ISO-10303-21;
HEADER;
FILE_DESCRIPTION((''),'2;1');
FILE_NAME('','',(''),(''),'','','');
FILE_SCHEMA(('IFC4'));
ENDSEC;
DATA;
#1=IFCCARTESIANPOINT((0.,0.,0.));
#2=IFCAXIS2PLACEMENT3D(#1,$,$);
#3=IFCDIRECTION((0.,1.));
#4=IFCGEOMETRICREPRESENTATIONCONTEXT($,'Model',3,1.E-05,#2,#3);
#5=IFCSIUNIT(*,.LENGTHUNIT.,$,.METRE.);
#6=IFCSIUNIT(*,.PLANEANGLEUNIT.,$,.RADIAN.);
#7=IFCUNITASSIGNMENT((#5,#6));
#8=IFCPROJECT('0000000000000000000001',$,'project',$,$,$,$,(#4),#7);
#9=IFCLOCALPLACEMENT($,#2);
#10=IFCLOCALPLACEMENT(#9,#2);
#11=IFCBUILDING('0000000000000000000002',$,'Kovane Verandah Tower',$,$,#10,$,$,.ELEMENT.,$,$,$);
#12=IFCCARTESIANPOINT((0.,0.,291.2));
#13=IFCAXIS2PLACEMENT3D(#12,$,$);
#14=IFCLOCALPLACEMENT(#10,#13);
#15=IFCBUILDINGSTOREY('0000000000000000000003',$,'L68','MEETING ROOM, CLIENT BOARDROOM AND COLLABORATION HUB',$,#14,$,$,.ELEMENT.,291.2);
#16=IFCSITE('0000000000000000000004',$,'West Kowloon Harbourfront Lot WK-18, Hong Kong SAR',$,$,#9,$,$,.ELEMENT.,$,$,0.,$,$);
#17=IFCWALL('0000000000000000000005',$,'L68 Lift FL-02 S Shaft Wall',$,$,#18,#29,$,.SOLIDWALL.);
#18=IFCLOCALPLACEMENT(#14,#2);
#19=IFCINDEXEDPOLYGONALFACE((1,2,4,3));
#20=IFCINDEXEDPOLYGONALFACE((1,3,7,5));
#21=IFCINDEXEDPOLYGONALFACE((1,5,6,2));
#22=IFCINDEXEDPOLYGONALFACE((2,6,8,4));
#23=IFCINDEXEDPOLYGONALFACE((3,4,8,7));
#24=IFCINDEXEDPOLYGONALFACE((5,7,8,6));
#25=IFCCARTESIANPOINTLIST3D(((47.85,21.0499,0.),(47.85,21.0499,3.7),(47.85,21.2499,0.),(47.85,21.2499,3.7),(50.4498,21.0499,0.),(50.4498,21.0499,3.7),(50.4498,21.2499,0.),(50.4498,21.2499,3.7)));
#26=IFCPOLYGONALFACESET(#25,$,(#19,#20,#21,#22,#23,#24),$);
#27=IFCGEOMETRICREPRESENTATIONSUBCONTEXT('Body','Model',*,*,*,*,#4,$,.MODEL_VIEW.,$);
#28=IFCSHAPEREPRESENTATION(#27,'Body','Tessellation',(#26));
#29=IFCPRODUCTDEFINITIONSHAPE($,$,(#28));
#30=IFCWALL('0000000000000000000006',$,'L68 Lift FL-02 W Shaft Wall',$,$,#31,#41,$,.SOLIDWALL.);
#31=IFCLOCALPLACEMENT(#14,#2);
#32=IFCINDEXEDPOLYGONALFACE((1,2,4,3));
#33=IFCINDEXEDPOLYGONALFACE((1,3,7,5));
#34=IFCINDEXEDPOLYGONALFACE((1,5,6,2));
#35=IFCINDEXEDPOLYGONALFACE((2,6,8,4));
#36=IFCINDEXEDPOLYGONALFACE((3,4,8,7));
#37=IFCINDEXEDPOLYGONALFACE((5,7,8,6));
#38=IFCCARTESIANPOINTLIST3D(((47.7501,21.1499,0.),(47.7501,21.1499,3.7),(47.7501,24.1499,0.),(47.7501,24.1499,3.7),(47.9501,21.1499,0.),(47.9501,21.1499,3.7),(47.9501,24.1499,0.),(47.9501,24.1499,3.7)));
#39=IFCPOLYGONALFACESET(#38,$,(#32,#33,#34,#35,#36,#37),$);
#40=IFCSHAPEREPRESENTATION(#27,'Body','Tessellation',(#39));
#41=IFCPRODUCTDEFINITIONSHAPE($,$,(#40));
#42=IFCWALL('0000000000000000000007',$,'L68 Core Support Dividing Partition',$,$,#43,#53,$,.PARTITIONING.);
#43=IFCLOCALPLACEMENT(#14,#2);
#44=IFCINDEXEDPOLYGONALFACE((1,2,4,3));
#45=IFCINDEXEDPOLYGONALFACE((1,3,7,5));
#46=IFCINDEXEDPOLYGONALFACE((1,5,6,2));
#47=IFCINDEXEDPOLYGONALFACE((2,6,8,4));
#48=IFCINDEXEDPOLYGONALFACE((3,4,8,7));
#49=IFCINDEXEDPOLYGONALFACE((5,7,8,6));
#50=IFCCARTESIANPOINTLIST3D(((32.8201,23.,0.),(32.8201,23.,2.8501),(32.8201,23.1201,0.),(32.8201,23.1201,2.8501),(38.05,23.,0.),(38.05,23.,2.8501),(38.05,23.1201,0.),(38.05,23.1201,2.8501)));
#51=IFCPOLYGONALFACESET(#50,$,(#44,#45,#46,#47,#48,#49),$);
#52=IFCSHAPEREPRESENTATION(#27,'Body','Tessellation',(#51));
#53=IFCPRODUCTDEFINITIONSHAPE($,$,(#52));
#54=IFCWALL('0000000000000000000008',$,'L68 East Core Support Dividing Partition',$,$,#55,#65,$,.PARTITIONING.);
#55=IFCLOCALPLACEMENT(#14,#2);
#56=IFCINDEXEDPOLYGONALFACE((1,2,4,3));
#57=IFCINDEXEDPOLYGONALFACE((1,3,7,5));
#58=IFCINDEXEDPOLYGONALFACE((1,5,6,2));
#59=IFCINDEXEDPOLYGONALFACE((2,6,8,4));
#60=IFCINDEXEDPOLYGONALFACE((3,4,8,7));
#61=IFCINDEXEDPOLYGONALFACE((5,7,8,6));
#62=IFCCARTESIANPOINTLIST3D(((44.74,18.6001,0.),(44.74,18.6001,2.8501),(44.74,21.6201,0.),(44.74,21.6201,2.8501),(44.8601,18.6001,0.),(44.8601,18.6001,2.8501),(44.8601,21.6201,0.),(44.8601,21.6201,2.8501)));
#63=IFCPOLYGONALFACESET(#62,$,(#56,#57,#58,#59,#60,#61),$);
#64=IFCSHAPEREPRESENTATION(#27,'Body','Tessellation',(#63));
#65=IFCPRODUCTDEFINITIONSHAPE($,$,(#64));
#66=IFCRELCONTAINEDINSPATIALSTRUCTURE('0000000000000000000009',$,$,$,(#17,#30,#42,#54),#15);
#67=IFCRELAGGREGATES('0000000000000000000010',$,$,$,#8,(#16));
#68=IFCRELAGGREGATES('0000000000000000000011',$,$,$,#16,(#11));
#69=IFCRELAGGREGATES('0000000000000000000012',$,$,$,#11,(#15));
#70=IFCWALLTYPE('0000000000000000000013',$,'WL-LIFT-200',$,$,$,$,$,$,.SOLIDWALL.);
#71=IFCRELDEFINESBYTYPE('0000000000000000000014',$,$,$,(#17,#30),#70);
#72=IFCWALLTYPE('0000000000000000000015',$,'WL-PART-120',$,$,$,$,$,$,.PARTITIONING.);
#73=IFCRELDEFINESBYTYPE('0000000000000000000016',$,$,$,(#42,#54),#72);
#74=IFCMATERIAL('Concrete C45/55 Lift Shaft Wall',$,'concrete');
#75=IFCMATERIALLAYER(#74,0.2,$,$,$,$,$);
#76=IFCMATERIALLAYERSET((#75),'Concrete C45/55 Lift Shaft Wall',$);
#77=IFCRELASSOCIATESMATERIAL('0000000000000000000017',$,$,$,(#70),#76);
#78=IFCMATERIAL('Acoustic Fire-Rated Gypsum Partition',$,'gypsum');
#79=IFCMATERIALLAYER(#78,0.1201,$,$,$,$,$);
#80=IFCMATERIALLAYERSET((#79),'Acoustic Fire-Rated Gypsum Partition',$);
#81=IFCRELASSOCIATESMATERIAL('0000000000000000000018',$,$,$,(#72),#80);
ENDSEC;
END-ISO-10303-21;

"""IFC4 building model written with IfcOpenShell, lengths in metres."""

from ifc_helpers import new_model, si_unit, direction, frame, frame_2d, origin, place, context, subcontext, project, spatial, rectangle, extrude, material, layer, layer_set, type_object, element, save


model = new_model("IFC4")

# Units and contexts
model_context = context("Model", 3, precision=1e-05, world=origin(), true_north=direction((0.0, 1.0)))
body_context = subcontext(model_context, "Body", "Model", "MODEL_VIEW")
ifc_project = project(units=[si_unit("LENGTHUNIT", "METRE"), si_unit("PLANEANGLEUNIT", "RADIAN")], contexts=[model_context])

# Site, building, storey
site_placement = place(None, origin())
site = spatial("IfcSite", under=ifc_project, at=site_placement, Name="West Kowloon Harbourfront Lot WK-18, Hong Kong SAR", CompositionType="ELEMENT", RefElevation=0.0)
building_placement = place(site_placement, origin())
building = spatial("IfcBuilding", under=site, at=building_placement, Name="Kovane Verandah Tower", CompositionType="ELEMENT")
storey_placement = place(building_placement, frame((0.0, 0.0, 291.2)))
storey = spatial("IfcBuildingStorey", under=building, at=storey_placement, Name="L68", Description="MEETING ROOM, CLIENT BOARDROOM AND COLLABORATION HUB", CompositionType="ELEMENT", Elevation=291.2)

# Walls
ifc_material_1 = material(Name="Concrete C45/55 Lift Shaft Wall", Category="concrete")
ifc_layer_1 = layer(ifc_material_1, 0.2)
ifc_layer_set_1 = layer_set([ifc_layer_1], Name="Concrete C45/55 Lift Shaft Wall")
wall_type_1 = type_object("IfcWallType", Name="WL-LIFT-200", PredefinedType="SOLIDWALL", material=ifc_layer_set_1)
wall_1_placement = place(storey_placement, frame((47.8501, 21.1499, 0.0), z_axis=(0.0, 0.0, 1.0), x_axis=(1.0, 0.0, 0.0)))
element("IfcWall", 1, at=wall_1_placement, inside=storey, type_object=wall_type_1, Name="L68 Lift FL-02 S Shaft Wall", PredefinedType="SOLIDWALL", context=body_context, shape_type="SweptSolid", body=[
    extrude(rectangle(XDim=2.5999, YDim=0.2, at=frame_2d((1.2998, 0.0))), origin(), (0.0, 0.0, 1.0), 3.7),
])
wall_2_placement = place(storey_placement, frame((47.8501, 24.1499, 0.0), z_axis=(0.0, 0.0, 1.0), x_axis=(0.0, -1.0, 0.0)))
element("IfcWall", 2, at=wall_2_placement, inside=storey, type_object=wall_type_1, Name="L68 Lift FL-02 W Shaft Wall", PredefinedType="SOLIDWALL", context=body_context, shape_type="SweptSolid", body=[
    extrude(rectangle(XDim=3.0, YDim=0.2, at=frame_2d((1.5, 0.0))), origin(), (0.0, 0.0, 1.0), 3.7),
])
ifc_material_2 = material(Name="Acoustic Fire-Rated Gypsum Partition", Category="gypsum")
ifc_layer_2 = layer(ifc_material_2, 0.1201)
ifc_layer_set_2 = layer_set([ifc_layer_2], Name="Acoustic Fire-Rated Gypsum Partition")
wall_type_2 = type_object("IfcWallType", Name="WL-PART-120", PredefinedType="PARTITIONING", material=ifc_layer_set_2)
wall_3_placement = place(storey_placement, frame((32.8201, 23.0601, 0.0), z_axis=(0.0, 0.0, 1.0), x_axis=(1.0, 0.0, 0.0)))
element("IfcWall", 3, at=wall_3_placement, inside=storey, type_object=wall_type_2, Name="L68 Core Support Dividing Partition", PredefinedType="PARTITIONING", context=body_context, shape_type="SweptSolid", body=[
    extrude(rectangle(XDim=5.23, YDim=0.1201, at=frame_2d((2.615, 0.0))), origin(), (0.0, 0.0, 1.0), 2.8501),
])
wall_4_placement = place(storey_placement, frame((44.8, 18.6001, 0.0), z_axis=(0.0, 0.0, 1.0), x_axis=(0.0, 1.0, 0.0)))
element("IfcWall", 4, at=wall_4_placement, inside=storey, type_object=wall_type_2, Name="L68 East Core Support Dividing Partition", PredefinedType="PARTITIONING", context=body_context, shape_type="SweptSolid", body=[
    extrude(rectangle(XDim=3.02, YDim=0.1201, at=frame_2d((1.51, 0.0))), origin(), (0.0, 0.0, 1.0), 2.8501),
])

save(model, "model.ifc")
